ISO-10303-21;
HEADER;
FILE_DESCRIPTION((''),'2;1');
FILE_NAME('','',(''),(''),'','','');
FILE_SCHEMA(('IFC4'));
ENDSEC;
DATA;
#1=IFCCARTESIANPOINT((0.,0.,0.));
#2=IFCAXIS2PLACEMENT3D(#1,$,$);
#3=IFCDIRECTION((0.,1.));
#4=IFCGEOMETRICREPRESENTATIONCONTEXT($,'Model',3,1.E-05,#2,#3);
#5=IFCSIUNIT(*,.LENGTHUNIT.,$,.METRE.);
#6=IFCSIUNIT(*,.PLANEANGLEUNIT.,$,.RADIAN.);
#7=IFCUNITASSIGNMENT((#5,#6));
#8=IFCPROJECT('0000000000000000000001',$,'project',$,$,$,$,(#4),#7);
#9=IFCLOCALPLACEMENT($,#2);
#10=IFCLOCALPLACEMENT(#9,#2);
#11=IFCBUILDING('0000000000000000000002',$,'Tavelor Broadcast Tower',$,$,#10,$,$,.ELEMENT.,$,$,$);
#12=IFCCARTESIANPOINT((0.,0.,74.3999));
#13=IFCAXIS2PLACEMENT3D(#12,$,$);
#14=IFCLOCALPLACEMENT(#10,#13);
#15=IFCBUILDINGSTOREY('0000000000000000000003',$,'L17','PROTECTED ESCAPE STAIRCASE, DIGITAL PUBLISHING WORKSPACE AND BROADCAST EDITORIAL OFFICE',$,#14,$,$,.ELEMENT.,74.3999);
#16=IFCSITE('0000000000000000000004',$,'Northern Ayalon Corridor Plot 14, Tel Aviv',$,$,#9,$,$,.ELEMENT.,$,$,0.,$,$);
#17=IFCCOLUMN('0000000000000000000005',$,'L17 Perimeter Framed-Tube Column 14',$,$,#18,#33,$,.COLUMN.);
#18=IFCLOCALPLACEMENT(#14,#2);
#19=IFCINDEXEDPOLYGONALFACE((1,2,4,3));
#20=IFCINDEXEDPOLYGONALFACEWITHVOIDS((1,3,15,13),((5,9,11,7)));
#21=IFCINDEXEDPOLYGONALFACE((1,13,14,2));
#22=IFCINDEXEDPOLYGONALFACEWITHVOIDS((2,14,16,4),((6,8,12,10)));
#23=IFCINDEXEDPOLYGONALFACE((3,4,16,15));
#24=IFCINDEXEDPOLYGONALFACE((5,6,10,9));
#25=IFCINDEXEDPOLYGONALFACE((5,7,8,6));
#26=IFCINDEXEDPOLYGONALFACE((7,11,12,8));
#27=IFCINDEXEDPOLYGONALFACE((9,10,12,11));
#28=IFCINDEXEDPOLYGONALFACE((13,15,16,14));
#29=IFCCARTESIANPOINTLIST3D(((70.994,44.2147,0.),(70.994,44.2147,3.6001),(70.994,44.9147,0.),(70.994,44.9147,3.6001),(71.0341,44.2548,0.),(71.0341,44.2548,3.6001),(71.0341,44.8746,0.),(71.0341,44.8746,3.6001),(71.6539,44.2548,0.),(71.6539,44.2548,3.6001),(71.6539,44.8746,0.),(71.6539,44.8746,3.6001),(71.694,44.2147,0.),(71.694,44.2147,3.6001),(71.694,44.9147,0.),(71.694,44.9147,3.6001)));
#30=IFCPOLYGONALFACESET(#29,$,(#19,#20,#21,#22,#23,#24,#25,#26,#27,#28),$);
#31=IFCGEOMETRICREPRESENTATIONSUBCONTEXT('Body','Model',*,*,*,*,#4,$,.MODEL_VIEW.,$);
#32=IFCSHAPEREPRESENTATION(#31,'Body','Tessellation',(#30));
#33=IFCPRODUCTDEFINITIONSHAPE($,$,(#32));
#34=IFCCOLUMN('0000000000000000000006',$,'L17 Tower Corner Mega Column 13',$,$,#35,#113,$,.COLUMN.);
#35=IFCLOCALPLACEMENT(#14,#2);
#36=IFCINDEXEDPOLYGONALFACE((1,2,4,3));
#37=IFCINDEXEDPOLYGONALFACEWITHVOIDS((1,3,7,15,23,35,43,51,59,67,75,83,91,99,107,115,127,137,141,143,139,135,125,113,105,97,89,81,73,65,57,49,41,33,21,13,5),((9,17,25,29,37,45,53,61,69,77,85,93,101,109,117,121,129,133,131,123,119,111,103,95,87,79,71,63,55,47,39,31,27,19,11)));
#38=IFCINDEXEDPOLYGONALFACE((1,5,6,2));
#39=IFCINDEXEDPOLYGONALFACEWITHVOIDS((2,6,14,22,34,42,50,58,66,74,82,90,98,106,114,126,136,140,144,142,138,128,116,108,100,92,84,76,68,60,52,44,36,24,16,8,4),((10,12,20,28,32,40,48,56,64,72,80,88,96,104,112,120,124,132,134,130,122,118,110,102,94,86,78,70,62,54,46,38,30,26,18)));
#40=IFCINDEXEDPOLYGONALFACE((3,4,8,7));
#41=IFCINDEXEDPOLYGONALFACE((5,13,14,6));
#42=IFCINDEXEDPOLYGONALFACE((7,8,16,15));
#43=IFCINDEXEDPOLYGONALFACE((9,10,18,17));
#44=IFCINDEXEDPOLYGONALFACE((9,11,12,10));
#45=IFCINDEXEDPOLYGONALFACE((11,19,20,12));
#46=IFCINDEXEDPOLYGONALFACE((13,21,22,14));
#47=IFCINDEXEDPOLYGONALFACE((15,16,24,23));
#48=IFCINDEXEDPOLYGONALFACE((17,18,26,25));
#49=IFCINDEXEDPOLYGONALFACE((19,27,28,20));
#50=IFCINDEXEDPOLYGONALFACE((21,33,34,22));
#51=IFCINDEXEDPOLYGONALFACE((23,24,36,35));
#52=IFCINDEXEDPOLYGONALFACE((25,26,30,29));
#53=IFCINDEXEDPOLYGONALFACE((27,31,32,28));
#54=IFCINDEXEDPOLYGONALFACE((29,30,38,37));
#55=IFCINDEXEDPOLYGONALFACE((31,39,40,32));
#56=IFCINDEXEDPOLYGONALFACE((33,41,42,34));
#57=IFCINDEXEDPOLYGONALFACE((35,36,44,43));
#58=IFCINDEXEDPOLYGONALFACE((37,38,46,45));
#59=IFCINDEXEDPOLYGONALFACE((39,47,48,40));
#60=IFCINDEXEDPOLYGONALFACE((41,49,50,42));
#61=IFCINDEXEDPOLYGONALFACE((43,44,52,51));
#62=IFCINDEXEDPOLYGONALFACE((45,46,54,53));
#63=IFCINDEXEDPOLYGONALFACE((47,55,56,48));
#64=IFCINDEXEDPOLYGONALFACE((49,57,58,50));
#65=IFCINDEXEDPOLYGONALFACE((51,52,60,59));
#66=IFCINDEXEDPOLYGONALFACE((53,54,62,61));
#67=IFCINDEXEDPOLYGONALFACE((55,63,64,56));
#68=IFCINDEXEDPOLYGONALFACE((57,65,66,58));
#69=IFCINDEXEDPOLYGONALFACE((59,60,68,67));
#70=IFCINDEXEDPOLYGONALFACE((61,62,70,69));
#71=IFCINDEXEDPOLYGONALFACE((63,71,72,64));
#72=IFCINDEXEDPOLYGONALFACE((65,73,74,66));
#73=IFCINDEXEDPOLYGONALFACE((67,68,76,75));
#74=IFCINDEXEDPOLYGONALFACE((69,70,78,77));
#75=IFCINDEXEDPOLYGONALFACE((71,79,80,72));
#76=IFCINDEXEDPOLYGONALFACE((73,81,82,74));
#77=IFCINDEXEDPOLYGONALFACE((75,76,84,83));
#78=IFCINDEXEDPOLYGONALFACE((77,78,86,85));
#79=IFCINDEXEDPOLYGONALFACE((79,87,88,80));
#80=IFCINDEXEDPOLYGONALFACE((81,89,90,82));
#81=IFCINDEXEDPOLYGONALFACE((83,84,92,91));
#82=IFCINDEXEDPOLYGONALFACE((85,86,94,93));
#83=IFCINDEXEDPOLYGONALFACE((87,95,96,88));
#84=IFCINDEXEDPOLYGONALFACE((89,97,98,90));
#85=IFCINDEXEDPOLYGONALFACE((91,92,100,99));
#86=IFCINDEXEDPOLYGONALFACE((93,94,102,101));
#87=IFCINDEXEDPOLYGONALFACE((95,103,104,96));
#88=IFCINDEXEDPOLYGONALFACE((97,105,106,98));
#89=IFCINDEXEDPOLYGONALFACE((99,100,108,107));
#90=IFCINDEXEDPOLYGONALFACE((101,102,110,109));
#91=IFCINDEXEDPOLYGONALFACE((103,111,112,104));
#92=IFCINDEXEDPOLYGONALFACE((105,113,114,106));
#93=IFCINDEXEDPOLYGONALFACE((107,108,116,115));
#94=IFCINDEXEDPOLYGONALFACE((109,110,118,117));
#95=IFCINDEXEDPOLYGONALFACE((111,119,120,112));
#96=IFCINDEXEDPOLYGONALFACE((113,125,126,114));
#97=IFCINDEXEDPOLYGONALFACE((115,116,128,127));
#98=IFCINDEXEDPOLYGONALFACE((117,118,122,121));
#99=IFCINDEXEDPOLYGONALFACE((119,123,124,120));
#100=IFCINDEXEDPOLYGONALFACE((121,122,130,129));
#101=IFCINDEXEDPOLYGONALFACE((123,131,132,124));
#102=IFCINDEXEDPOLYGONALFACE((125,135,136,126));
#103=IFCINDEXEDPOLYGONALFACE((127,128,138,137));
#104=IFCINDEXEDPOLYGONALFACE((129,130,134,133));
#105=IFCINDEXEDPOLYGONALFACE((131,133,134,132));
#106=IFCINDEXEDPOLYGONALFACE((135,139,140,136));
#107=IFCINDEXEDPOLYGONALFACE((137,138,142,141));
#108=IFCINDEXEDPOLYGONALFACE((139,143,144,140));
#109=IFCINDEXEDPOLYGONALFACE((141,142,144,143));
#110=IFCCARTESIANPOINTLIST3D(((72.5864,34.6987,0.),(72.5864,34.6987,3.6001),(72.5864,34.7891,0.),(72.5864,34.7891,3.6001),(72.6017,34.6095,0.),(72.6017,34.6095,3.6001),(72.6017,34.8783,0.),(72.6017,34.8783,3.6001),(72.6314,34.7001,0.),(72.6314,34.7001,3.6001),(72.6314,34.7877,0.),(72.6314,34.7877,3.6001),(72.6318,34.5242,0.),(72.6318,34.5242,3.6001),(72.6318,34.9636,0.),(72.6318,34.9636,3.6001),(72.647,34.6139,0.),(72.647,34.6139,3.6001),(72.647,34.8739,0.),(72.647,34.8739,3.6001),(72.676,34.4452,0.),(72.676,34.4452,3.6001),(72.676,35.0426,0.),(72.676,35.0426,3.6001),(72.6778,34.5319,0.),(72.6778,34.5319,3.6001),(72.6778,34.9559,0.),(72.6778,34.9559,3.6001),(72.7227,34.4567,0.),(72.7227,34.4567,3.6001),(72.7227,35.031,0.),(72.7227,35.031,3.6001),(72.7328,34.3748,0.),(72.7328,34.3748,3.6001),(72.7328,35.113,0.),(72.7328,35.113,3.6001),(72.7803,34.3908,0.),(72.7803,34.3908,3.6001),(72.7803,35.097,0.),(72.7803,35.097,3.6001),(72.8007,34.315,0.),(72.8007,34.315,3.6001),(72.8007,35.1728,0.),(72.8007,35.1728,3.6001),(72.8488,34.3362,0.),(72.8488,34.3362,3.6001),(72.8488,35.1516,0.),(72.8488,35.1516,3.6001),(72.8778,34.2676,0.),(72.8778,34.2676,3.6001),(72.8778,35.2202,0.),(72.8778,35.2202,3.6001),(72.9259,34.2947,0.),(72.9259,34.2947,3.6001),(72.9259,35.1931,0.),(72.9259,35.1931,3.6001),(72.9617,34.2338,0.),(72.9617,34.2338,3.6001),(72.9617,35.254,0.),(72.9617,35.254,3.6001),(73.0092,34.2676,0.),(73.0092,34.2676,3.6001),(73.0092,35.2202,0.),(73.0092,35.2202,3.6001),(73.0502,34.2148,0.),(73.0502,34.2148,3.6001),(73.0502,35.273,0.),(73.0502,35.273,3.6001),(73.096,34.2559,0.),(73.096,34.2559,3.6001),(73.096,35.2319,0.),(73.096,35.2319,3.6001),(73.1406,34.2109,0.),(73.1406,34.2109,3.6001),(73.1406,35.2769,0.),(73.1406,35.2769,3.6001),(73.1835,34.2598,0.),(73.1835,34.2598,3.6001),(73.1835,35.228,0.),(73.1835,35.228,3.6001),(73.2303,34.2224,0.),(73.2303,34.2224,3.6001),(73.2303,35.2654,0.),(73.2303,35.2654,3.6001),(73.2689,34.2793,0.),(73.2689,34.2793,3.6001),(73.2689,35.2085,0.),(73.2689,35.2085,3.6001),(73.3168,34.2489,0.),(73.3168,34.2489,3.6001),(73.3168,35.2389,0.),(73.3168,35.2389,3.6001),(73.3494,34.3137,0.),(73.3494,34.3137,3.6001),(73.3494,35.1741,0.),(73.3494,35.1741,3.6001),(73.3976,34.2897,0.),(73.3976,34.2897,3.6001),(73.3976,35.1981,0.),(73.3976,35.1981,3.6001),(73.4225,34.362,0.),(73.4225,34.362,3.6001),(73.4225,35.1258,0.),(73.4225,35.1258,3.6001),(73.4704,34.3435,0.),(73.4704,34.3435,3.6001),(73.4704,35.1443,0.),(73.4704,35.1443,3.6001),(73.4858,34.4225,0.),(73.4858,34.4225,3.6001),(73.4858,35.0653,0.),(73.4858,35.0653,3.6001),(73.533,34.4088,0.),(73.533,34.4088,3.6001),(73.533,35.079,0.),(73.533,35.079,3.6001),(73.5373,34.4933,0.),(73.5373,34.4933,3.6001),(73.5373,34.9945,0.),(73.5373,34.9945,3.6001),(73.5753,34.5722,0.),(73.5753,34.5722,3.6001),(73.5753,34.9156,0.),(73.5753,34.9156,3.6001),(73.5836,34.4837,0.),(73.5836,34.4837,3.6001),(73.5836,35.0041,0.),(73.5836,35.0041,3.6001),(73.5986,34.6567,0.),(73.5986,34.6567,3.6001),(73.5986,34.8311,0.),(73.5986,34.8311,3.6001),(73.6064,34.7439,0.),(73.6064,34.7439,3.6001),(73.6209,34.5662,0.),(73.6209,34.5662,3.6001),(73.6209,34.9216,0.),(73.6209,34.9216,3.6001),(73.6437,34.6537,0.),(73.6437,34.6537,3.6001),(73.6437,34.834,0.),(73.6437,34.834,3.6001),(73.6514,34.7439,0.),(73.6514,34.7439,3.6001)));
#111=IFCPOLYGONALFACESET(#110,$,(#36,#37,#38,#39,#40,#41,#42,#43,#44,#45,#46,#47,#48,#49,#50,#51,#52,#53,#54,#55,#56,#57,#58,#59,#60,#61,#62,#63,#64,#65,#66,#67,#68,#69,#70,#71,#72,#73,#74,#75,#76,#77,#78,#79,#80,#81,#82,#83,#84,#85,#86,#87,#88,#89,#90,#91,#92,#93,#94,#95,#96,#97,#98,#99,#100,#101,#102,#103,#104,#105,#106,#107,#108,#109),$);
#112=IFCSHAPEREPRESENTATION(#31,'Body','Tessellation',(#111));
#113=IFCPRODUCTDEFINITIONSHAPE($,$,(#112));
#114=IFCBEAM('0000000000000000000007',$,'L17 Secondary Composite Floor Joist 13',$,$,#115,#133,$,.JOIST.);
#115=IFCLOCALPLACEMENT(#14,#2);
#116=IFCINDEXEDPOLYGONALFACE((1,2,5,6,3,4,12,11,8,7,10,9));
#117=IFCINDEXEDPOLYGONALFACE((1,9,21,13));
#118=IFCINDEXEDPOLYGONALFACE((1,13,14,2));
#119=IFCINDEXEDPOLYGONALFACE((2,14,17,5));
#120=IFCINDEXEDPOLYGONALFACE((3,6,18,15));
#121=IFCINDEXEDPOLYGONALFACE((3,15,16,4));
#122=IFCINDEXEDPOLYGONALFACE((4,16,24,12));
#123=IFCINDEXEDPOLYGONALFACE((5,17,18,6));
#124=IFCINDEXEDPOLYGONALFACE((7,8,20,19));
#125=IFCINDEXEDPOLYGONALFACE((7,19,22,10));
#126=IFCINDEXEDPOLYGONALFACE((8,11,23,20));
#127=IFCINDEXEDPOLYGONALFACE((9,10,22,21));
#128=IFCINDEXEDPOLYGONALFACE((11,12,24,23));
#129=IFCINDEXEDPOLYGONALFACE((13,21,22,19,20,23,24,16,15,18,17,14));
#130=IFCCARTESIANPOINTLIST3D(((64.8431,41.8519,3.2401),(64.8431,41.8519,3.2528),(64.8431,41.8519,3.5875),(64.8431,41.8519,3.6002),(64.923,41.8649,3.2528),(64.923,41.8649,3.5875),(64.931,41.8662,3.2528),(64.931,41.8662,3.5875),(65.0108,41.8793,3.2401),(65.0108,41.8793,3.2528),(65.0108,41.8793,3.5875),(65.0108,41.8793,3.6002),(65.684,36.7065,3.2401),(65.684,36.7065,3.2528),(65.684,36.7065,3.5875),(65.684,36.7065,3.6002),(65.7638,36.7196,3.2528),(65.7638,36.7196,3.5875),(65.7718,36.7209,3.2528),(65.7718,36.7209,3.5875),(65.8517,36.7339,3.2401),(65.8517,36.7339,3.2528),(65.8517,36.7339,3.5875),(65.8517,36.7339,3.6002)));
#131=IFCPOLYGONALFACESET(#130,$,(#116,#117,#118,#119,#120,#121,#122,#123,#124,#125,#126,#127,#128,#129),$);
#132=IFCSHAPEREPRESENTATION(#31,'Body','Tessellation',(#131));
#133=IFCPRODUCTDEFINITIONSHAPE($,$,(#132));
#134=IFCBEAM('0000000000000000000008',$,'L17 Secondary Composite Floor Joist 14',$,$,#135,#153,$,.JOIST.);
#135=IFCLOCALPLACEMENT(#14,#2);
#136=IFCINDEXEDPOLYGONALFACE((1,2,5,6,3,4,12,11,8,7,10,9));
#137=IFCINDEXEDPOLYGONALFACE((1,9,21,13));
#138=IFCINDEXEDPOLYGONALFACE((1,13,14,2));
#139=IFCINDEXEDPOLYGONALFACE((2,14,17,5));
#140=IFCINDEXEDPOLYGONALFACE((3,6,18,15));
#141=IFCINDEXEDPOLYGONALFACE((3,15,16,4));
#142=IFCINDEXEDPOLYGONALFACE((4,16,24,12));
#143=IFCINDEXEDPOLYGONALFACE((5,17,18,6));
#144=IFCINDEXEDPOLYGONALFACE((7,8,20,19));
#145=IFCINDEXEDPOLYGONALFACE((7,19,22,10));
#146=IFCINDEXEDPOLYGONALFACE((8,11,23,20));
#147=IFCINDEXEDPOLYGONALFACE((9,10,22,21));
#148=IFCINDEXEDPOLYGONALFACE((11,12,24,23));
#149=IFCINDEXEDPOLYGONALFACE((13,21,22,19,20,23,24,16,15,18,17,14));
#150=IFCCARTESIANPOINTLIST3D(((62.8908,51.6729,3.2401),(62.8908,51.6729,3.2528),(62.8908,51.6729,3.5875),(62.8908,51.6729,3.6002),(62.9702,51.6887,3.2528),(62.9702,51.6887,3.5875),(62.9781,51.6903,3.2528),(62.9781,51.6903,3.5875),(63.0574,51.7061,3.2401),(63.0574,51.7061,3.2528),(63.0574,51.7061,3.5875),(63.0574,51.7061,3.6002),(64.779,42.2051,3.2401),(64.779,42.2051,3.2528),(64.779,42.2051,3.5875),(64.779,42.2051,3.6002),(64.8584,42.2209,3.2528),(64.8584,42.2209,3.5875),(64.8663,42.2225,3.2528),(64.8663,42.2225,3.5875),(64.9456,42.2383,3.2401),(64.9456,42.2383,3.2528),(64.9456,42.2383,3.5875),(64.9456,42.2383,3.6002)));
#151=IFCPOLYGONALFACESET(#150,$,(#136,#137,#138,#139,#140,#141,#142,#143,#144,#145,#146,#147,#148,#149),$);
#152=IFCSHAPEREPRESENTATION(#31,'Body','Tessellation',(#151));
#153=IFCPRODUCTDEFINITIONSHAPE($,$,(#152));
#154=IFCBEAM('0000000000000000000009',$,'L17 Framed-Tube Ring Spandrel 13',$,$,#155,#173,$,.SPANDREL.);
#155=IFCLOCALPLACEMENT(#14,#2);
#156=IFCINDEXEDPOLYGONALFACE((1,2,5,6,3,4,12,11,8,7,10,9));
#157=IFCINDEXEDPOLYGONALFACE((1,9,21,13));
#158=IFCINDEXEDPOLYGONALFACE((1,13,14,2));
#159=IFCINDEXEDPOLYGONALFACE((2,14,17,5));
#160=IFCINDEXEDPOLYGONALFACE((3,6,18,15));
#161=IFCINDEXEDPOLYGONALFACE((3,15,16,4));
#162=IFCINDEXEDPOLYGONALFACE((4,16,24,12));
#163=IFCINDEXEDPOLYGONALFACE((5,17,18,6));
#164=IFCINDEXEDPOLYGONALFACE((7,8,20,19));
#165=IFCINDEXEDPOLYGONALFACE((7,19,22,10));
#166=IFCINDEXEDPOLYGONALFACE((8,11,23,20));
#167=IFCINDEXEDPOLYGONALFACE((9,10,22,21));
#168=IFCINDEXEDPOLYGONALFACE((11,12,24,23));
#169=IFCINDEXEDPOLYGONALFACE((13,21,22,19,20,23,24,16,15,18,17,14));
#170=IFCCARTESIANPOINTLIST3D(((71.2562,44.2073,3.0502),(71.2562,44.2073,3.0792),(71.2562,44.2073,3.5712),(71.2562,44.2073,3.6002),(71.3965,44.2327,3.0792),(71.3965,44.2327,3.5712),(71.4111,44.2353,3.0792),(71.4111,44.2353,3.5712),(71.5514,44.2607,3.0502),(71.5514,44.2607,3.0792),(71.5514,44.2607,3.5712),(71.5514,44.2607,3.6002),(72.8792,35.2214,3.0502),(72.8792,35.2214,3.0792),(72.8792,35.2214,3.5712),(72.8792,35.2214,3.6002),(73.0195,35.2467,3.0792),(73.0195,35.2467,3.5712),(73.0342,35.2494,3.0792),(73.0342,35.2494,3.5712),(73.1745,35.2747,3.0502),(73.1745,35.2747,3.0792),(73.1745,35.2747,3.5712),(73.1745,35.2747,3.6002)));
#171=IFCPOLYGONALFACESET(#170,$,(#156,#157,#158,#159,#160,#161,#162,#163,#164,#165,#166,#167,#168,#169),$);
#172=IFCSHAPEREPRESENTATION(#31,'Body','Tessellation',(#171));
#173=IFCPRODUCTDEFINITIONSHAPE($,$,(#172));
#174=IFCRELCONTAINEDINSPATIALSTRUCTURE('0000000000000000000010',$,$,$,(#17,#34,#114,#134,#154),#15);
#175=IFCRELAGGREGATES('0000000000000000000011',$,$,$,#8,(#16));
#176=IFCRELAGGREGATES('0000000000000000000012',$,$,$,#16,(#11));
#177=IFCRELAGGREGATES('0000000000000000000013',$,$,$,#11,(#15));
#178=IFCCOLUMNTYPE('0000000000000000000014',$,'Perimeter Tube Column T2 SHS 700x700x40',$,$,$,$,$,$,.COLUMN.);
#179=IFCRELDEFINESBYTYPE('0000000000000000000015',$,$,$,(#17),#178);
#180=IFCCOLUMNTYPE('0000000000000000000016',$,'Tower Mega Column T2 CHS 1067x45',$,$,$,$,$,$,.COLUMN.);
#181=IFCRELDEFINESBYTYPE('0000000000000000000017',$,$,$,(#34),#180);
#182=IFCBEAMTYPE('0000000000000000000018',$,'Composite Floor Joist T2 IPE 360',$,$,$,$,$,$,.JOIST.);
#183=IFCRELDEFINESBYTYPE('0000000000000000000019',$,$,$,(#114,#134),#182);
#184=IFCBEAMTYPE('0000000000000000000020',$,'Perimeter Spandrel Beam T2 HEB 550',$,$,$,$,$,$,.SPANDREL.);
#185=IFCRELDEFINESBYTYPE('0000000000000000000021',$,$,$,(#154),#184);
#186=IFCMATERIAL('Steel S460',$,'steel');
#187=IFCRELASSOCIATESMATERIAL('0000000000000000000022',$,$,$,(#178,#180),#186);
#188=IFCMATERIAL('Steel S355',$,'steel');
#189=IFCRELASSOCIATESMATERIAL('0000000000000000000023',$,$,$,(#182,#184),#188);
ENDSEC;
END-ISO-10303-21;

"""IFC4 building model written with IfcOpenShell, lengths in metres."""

from ifc_helpers import new_model, si_unit, direction, frame, origin, origin_2d, place, context, subcontext, project, spatial, hollow_rectangle, hollow_circle, i_section, extrude, material, material_profile, profile_set, type_object, element, save


model = new_model("IFC4")

# Units and contexts
model_context = context("Model", 3, precision=1e-05, world=origin(), true_north=direction((0.0, 1.0)))
body_context = subcontext(model_context, "Body", "Model", "MODEL_VIEW")
ifc_project = project(units=[si_unit("LENGTHUNIT", "METRE"), si_unit("PLANEANGLEUNIT", "RADIAN")], contexts=[model_context])

# Site, building, storey
site_placement = place(None, origin())
site = spatial("IfcSite", under=ifc_project, at=site_placement, Name="Northern Ayalon Corridor Plot 14, Tel Aviv", CompositionType="ELEMENT", RefElevation=0.0)
building_placement = place(site_placement, origin())
building = spatial("IfcBuilding", under=site, at=building_placement, Name="Tavelor Broadcast Tower", CompositionType="ELEMENT")
storey_placement = place(building_placement, frame((0.0, 0.0, 74.3999)))
storey = spatial("IfcBuildingStorey", under=building, at=storey_placement, Name="L17", Description="PROTECTED ESCAPE STAIRCASE, DIGITAL PUBLISHING WORKSPACE AND BROADCAST EDITORIAL OFFICE", CompositionType="ELEMENT", Elevation=74.3999)

# Columns
ifc_material_1 = material(Name="Steel S460", Category="steel")
ifc_material_profile_1 = material_profile(ifc_material_1, hollow_rectangle(XDim=0.7, YDim=0.7, WallThickness=0.04, at=origin_2d()), Name="SHS 700x700x40")
ifc_profile_set_1 = profile_set([ifc_material_profile_1], Name="Steel S460")
column_type_1 = type_object("IfcColumnType", Name="Perimeter Tube Column T2 SHS 700x700x40", PredefinedType="COLUMN", material=ifc_profile_set_1)
column_1_placement = place(storey_placement, frame((71.344, 44.5647, 0.0), z_axis=(0.0, 0.0, 1.0), x_axis=(1.0, 0.0, 0.0)))
element("IfcColumn", 1, at=column_1_placement, inside=storey, type_object=column_type_1, Name="L17 Perimeter Framed-Tube Column 14", PredefinedType="COLUMN", context=body_context, shape_type="SweptSolid", body=[
    extrude(hollow_rectangle(XDim=0.7, YDim=0.7, WallThickness=0.04, at=origin_2d()), origin(), (0.0, 0.0, 1.0), 3.6001),
])
ifc_material_profile_2 = material_profile(ifc_material_1, hollow_circle(Radius=0.5334, WallThickness=0.0449, at=origin_2d()), Name="CHS 1067x45")
ifc_profile_set_2 = profile_set([ifc_material_profile_2], Name="Steel S460")
column_type_2 = type_object("IfcColumnType", Name="Tower Mega Column T2 CHS 1067x45", PredefinedType="COLUMN", material=ifc_profile_set_2)
column_2_placement = place(storey_placement, frame((73.1179, 34.7439, 0.0), z_axis=(0.0, 0.0, 1.0), x_axis=(1.0, 0.0, 0.0)))
element("IfcColumn", 2, at=column_2_placement, inside=storey, type_object=column_type_2, Name="L17 Tower Corner Mega Column 13", PredefinedType="COLUMN", context=body_context, shape_type="SweptSolid", body=[
    extrude(hollow_circle(Radius=0.5334, WallThickness=0.0449, at=origin_2d()), origin(), (0.0, 0.0, 1.0), 3.6001),
])

# Beams
ifc_material_2 = material(Name="Steel S355", Category="steel")
ifc_material_profile_3 = material_profile(ifc_material_2, i_section(OverallWidth=0.1699, OverallDepth=0.3601, WebThickness=0.0081, FlangeThickness=0.0127, at=origin_2d()), Name="IPE 360")
ifc_profile_set_3 = profile_set([ifc_material_profile_3], Name="Steel S355")
beam_type_1 = type_object("IfcBeamType", Name="Composite Floor Joist T2 IPE 360", PredefinedType="JOIST", material=ifc_profile_set_3)
beam_1_placement = place(storey_placement, frame((65.7678, 36.7202, 3.4202), z_axis=(-0.161277, 0.986909, 0.0), x_axis=(-0.986909, -0.161277, 0.0)))
element("IfcBeam", 3, at=beam_1_placement, inside=storey, type_object=beam_type_1, Name="L17 Secondary Composite Floor Joist 13", PredefinedType="JOIST", context=body_context, shape_type="SweptSolid", body=[
    extrude(i_section(OverallWidth=0.1699, OverallDepth=0.3601, WebThickness=0.0081, FlangeThickness=0.0127, at=origin_2d()), origin(), (0.0, 0.0, 1.0), 5.2136),
])
beam_2_placement = place(storey_placement, frame((64.8623, 42.2217, 3.4202), z_axis=(-0.195581, 0.980688, 0.0), x_axis=(-0.980688, -0.195581, 0.0)))
element("IfcBeam", 4, at=beam_2_placement, inside=storey, type_object=beam_type_1, Name="L17 Secondary Composite Floor Joist 14", PredefinedType="JOIST", context=body_context, shape_type="SweptSolid", body=[
    extrude(i_section(OverallWidth=0.1699, OverallDepth=0.3601, WebThickness=0.0081, FlangeThickness=0.0127, at=origin_2d()), origin(), (0.0, 0.0, 1.0), 9.6543),
])
ifc_material_profile_4 = material_profile(ifc_material_2, i_section(OverallWidth=0.3, OverallDepth=0.55, WebThickness=0.0149, FlangeThickness=0.0291, at=origin_2d()), Name="HEB 550")
ifc_profile_set_4 = profile_set([ifc_material_profile_4], Name="Steel S355")
beam_type_2 = type_object("IfcBeamType", Name="Perimeter Spandrel Beam T2 HEB 550", PredefinedType="SPANDREL", material=ifc_profile_set_4)
beam_3_placement = place(storey_placement, frame((73.0269, 35.248, 3.3252), z_axis=(-0.177747, 0.984076, 0.0), x_axis=(-0.984076, -0.177747, 0.0)))
element("IfcBeam", 5, at=beam_3_placement, inside=storey, type_object=beam_type_2, Name="L17 Framed-Tube Ring Spandrel 13", PredefinedType="SPANDREL", context=body_context, shape_type="SweptSolid", body=[
    extrude(i_section(OverallWidth=0.3, OverallDepth=0.55, WebThickness=0.0149, FlangeThickness=0.0291, at=origin_2d()), origin(), (0.0, 0.0, 1.0), 9.1313),
])

save(model, "model.ifc")
